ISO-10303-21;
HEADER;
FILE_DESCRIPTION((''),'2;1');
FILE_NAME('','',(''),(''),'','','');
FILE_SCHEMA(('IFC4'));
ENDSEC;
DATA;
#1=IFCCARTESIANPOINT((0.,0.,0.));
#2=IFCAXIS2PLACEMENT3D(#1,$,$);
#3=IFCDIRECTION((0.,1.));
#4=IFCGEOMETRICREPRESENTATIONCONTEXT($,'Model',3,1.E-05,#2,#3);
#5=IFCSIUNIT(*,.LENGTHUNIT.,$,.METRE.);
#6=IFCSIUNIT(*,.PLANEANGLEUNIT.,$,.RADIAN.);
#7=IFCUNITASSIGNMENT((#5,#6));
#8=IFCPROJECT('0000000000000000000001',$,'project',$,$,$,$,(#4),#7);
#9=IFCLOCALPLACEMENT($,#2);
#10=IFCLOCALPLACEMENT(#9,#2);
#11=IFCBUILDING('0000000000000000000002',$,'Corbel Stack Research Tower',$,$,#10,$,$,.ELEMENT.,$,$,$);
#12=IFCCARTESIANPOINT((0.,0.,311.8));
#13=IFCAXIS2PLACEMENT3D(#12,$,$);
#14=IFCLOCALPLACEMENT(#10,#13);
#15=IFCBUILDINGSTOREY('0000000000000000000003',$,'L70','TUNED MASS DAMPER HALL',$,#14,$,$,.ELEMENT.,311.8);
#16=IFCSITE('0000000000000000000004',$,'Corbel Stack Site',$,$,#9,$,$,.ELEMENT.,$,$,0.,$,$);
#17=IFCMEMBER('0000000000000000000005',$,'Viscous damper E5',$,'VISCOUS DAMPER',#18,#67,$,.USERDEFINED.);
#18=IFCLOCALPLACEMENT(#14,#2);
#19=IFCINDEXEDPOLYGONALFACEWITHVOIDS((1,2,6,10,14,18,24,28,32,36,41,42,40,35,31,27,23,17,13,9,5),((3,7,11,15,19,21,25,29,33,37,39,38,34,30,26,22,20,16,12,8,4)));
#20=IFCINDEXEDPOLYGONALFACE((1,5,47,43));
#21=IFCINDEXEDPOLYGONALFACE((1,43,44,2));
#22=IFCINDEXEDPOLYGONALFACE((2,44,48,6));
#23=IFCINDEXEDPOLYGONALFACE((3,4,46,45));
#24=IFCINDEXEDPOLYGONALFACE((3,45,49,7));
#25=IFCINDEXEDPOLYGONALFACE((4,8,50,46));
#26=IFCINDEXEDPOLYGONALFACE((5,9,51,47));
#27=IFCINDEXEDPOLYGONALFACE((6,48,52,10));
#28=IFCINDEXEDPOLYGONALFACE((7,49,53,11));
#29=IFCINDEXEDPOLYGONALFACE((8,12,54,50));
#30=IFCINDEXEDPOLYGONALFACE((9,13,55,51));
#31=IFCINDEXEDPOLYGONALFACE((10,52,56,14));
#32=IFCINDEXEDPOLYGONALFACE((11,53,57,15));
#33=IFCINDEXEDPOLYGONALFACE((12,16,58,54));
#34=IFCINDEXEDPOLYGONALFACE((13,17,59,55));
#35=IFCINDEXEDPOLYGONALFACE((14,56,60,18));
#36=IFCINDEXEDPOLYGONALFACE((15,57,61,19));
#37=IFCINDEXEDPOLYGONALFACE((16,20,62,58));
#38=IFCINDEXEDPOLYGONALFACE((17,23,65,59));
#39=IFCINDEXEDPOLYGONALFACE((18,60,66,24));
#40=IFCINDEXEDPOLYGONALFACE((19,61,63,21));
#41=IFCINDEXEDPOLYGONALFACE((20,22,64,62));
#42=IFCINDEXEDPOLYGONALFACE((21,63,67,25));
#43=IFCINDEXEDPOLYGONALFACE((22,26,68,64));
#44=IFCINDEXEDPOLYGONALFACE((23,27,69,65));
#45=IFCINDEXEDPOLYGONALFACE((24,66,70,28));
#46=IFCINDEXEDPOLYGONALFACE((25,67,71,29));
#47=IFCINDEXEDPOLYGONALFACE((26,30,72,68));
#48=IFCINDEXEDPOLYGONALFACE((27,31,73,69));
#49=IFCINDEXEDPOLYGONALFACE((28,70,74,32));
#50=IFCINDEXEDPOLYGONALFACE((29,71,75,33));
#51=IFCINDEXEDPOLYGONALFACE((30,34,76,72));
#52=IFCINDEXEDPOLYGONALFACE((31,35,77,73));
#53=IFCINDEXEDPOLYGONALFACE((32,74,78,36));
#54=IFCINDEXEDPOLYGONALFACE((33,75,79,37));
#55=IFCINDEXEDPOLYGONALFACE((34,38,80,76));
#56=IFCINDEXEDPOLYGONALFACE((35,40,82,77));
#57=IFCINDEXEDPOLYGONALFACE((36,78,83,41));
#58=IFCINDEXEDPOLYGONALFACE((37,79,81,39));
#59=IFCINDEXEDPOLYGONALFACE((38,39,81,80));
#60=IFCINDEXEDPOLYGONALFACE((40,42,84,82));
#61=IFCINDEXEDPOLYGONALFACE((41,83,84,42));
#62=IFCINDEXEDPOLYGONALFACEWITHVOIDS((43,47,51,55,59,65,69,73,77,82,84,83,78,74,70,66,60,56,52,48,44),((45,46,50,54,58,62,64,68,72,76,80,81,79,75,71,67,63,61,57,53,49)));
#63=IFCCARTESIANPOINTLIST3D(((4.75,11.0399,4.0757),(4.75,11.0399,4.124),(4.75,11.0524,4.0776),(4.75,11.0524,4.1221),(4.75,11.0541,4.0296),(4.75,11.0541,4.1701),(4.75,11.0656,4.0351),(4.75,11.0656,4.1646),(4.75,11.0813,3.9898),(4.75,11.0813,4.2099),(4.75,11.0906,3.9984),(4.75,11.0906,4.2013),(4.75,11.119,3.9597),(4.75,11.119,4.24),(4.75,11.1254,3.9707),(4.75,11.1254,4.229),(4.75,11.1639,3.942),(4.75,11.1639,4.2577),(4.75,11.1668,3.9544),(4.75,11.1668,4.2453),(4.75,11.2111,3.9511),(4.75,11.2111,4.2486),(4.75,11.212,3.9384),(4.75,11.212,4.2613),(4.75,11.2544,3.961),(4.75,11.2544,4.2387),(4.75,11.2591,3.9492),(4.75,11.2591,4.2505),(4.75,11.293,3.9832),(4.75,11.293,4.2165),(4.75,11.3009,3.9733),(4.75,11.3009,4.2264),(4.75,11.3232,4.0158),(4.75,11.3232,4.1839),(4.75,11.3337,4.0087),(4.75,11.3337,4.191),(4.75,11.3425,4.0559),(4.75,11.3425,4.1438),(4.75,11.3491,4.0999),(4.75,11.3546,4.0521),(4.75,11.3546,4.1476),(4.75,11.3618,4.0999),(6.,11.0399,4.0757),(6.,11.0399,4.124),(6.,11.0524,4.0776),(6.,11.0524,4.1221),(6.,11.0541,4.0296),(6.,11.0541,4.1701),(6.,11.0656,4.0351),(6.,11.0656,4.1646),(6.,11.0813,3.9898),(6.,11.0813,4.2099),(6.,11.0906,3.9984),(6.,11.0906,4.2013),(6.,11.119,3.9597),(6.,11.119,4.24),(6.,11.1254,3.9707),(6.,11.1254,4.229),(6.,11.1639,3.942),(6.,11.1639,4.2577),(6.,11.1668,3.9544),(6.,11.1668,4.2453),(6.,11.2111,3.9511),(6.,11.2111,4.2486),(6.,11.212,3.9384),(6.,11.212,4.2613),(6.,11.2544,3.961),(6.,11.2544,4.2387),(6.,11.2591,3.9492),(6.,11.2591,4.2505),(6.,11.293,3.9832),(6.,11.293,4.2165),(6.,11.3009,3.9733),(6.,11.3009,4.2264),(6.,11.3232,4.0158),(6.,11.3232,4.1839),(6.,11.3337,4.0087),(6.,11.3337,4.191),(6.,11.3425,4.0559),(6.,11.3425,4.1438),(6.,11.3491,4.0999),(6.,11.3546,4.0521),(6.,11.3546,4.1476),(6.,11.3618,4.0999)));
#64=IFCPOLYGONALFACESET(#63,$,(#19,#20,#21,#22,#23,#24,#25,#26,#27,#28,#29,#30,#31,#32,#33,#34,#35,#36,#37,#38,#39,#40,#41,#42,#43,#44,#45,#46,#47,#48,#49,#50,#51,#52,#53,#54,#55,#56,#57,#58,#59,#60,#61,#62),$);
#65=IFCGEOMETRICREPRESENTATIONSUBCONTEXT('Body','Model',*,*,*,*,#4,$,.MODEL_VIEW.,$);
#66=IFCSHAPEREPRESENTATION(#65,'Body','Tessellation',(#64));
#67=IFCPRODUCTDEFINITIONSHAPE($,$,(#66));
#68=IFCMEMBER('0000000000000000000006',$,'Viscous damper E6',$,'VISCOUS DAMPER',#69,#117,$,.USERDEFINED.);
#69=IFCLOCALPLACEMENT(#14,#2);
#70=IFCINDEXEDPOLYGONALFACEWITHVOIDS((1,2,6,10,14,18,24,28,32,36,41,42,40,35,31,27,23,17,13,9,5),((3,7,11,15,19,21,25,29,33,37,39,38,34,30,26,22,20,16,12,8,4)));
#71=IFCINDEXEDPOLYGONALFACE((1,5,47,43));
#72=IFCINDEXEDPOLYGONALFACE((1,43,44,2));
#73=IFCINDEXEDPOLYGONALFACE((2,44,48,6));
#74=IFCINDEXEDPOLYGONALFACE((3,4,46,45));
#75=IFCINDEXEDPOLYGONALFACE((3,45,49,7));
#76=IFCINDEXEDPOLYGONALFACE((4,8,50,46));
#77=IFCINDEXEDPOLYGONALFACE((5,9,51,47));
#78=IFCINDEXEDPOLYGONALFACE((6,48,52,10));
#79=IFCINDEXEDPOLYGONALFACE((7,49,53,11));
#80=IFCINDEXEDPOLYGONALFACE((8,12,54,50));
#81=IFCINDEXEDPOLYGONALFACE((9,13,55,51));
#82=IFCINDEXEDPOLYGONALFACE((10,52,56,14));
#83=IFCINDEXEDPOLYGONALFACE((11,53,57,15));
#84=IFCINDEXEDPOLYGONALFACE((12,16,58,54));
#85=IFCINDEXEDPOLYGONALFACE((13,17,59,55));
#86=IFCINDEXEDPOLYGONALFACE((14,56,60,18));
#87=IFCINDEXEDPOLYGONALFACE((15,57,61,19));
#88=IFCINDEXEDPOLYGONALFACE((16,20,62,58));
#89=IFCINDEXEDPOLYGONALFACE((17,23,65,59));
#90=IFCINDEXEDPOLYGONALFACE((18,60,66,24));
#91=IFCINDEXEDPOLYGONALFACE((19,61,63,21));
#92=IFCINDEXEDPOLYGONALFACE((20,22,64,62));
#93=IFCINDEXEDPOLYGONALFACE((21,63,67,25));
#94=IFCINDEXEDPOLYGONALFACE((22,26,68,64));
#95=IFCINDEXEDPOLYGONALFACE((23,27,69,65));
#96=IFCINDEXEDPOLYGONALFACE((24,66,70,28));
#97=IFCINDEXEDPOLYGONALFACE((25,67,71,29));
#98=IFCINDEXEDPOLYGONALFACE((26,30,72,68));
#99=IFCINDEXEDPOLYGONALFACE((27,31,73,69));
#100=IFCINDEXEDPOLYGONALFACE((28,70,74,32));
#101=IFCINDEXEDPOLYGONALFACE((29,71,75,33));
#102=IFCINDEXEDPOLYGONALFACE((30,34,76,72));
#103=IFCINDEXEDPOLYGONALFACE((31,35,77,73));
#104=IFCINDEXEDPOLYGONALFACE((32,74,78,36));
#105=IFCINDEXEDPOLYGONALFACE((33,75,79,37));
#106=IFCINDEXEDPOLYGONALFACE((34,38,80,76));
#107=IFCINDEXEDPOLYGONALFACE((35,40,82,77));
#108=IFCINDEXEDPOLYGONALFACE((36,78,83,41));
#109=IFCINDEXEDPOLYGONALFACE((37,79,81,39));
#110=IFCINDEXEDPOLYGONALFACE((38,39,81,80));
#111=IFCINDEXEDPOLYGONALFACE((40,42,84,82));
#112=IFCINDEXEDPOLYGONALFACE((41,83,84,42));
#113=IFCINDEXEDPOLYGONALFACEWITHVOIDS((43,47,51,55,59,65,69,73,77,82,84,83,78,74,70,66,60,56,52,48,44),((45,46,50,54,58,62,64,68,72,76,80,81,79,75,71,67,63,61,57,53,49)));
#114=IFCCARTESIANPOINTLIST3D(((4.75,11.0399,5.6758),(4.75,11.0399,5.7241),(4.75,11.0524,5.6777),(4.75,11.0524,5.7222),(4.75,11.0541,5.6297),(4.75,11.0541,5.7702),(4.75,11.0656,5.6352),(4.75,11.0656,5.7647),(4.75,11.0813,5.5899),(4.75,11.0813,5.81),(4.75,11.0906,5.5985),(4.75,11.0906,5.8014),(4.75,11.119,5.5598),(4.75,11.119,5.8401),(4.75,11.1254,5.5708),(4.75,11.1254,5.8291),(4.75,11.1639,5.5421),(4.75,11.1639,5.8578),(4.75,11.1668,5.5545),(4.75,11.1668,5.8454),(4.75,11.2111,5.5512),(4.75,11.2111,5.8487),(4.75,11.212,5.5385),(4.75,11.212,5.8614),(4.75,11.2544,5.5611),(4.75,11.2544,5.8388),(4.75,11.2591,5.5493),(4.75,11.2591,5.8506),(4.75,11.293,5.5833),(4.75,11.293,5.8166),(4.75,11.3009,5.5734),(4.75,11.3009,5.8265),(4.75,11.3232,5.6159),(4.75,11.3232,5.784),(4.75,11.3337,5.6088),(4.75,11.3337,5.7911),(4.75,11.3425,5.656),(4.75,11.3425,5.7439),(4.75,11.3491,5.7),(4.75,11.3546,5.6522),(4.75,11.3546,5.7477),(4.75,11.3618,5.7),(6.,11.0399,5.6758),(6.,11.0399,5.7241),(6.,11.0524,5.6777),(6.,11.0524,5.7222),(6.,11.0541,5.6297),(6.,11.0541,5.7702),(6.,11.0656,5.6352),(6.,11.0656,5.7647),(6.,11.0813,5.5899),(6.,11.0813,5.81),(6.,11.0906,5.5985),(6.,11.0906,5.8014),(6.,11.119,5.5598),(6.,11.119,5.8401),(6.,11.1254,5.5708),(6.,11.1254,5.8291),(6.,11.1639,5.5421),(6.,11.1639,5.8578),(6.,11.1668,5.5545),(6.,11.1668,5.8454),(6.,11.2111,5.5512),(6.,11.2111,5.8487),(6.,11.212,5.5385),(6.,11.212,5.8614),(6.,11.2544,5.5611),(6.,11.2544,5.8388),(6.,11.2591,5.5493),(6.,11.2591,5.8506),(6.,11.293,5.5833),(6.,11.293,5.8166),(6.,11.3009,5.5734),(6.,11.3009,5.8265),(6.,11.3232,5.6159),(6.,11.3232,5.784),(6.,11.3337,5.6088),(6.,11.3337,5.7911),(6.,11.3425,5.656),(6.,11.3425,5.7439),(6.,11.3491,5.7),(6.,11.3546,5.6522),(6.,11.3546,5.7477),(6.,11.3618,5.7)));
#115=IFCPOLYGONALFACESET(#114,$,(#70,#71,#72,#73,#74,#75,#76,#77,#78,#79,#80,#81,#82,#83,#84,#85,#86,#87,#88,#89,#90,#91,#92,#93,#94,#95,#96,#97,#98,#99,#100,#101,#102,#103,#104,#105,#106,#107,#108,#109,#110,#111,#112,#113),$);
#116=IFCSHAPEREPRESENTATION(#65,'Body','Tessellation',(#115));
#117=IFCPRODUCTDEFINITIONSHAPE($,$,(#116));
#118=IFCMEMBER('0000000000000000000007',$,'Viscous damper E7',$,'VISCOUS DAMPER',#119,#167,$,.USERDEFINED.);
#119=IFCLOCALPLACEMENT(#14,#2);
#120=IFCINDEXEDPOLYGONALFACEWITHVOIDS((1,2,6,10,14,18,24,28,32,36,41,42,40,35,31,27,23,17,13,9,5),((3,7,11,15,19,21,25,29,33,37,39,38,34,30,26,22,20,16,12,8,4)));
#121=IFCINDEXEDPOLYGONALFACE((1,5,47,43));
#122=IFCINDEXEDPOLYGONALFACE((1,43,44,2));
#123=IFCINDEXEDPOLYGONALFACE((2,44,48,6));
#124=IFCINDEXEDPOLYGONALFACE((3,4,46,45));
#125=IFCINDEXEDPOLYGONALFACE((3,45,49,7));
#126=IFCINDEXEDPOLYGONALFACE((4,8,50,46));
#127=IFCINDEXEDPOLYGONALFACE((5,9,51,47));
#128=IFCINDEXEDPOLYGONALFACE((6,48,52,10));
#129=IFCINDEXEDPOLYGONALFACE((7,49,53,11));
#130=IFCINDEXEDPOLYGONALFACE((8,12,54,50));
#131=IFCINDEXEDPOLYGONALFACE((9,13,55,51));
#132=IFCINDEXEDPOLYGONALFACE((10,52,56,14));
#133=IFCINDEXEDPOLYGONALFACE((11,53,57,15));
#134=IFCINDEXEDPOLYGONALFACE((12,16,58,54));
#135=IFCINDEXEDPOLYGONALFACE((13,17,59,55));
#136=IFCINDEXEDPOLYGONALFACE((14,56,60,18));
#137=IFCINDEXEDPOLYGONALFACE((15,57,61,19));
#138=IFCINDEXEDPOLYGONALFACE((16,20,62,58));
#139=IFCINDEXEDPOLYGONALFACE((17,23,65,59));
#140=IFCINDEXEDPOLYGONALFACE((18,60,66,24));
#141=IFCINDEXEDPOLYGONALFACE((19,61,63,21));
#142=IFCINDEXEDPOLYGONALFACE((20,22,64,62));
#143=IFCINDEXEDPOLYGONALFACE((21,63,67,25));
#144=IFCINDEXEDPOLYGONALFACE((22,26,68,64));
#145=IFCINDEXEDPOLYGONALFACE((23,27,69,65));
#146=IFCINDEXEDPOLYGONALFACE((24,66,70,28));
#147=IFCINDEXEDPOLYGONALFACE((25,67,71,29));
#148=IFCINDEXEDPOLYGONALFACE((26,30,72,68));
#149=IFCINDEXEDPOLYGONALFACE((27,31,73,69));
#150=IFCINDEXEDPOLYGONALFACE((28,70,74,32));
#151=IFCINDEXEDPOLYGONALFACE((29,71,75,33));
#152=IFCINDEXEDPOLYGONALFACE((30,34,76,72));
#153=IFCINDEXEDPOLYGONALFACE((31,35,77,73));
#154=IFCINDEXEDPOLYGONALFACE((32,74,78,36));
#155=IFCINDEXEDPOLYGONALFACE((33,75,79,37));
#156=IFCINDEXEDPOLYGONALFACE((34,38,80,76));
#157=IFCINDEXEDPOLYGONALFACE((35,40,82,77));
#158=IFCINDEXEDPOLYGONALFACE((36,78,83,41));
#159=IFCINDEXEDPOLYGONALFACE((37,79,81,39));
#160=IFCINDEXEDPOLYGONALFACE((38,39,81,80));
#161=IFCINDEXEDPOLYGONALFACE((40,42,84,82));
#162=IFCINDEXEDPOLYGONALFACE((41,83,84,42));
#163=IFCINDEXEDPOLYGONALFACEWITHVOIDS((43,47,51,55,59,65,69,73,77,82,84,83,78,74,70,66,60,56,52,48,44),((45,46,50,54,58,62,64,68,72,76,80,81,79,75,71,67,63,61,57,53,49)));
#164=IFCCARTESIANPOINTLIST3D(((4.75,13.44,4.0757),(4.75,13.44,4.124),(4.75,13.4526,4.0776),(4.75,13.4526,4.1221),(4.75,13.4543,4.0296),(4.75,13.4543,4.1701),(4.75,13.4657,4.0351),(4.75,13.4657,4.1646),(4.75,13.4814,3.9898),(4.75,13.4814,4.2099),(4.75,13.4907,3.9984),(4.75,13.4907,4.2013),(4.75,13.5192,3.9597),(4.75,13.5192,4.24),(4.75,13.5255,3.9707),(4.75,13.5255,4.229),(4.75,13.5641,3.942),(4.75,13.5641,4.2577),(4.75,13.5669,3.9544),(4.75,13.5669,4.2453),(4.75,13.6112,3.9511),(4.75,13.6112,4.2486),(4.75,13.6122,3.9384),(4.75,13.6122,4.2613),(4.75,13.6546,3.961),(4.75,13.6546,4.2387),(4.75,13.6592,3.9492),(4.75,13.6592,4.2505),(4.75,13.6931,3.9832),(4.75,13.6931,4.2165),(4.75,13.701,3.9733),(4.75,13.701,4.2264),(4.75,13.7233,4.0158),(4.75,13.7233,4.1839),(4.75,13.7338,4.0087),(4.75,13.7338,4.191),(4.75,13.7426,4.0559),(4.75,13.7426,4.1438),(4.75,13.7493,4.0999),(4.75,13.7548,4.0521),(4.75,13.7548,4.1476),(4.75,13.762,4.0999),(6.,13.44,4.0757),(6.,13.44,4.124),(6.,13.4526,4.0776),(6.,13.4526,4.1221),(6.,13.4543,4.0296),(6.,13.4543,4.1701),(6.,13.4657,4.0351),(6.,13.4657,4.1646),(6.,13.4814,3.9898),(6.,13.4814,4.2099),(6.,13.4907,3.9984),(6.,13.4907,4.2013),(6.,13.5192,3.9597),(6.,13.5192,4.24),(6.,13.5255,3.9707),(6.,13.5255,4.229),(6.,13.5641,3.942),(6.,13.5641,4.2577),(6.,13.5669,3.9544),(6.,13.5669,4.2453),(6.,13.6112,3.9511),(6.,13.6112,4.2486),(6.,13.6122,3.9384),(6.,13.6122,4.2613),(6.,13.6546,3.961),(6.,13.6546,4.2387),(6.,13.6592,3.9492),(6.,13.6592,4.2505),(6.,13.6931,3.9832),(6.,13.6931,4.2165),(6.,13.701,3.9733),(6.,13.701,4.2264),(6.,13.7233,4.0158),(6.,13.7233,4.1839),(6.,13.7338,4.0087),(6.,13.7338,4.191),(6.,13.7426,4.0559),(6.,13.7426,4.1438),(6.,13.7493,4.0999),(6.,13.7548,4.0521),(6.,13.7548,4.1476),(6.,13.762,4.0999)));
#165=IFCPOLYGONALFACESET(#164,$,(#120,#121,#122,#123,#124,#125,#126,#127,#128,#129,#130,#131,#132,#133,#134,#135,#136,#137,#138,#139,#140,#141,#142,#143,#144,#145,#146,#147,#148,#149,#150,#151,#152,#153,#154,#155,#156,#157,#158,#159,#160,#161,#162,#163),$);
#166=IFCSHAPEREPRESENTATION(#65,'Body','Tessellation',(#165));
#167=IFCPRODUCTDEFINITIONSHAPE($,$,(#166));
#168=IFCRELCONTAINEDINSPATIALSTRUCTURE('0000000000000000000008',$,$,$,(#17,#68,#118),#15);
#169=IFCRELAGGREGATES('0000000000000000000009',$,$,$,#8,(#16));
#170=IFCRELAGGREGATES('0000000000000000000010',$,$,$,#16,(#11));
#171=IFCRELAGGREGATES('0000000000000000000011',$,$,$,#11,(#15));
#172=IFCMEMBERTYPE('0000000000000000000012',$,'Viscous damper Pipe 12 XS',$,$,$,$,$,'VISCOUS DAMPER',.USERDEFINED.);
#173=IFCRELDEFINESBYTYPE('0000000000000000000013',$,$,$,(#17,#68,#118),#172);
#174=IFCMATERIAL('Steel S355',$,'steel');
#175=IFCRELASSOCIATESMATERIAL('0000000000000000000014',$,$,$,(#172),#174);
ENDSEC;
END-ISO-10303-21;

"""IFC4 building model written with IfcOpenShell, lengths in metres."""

from ifc_helpers import new_model, si_unit, direction, frame, origin, origin_2d, place, context, subcontext, project, spatial, hollow_circle, extrude, material, material_profile, profile_set, type_object, element, save


model = new_model("IFC4")

# Units and contexts
model_context = context("Model", 3, precision=1e-05, world=origin(), true_north=direction((0.0, 1.0)))
body_context = subcontext(model_context, "Body", "Model", "MODEL_VIEW")
ifc_project = project(units=[si_unit("LENGTHUNIT", "METRE"), si_unit("PLANEANGLEUNIT", "RADIAN")], contexts=[model_context])

# Site, building, storey
site_placement = place(None, origin())
site = spatial("IfcSite", under=ifc_project, at=site_placement, Name="Corbel Stack Site", CompositionType="ELEMENT", RefElevation=0.0)
building_placement = place(site_placement, origin())
building = spatial("IfcBuilding", under=site, at=building_placement, Name="Corbel Stack Research Tower", CompositionType="ELEMENT")
storey_placement = place(building_placement, frame((0.0, 0.0, 311.8)))
storey = spatial("IfcBuildingStorey", under=building, at=storey_placement, Name="L70", Description="TUNED MASS DAMPER HALL", CompositionType="ELEMENT", Elevation=311.8)

# Members
ifc_material_1 = material(Name="Steel S355", Category="steel")
ifc_material_profile_1 = material_profile(ifc_material_1, hollow_circle(Radius=0.1619, WallThickness=0.0127, at=origin_2d()), Name="Pipe 12 XS")
ifc_profile_set_1 = profile_set([ifc_material_profile_1], Name="Steel S355")
member_type_1 = type_object("IfcMemberType", Name="Viscous damper Pipe 12 XS", ElementType="VISCOUS DAMPER", PredefinedType="USERDEFINED", material=ifc_profile_set_1)
for number, where, z_axis, x_axis, name in (
    (1, (4.75, 11.2, 4.0999), (1.0, 0.0, 0.0), (0.0, 1.0, 0.0), "Viscous damper E5"),
    (2, (4.75, 11.2, 5.7), (1.0, 0.0, 0.0), (0.0, 1.0, 0.0), "Viscous damper E6"),
    (3, (4.75, 13.6001, 4.0999), (1.0, 0.0, 0.0), (0.0, 1.0, 0.0), "Viscous damper E7"),
):
    element("IfcMember", number, at=place(storey_placement, frame(where, z_axis=z_axis, x_axis=x_axis)), inside=storey, type_object=member_type_1, Name=name, ObjectType="VISCOUS DAMPER", PredefinedType="USERDEFINED", context=body_context, shape_type="SweptSolid", body=[
        extrude(hollow_circle(Radius=0.1619, WallThickness=0.0127, at=origin_2d()), origin(), (0.0, 0.0, 1.0), 1.25),
    ])

save(model, "model.ifc")
